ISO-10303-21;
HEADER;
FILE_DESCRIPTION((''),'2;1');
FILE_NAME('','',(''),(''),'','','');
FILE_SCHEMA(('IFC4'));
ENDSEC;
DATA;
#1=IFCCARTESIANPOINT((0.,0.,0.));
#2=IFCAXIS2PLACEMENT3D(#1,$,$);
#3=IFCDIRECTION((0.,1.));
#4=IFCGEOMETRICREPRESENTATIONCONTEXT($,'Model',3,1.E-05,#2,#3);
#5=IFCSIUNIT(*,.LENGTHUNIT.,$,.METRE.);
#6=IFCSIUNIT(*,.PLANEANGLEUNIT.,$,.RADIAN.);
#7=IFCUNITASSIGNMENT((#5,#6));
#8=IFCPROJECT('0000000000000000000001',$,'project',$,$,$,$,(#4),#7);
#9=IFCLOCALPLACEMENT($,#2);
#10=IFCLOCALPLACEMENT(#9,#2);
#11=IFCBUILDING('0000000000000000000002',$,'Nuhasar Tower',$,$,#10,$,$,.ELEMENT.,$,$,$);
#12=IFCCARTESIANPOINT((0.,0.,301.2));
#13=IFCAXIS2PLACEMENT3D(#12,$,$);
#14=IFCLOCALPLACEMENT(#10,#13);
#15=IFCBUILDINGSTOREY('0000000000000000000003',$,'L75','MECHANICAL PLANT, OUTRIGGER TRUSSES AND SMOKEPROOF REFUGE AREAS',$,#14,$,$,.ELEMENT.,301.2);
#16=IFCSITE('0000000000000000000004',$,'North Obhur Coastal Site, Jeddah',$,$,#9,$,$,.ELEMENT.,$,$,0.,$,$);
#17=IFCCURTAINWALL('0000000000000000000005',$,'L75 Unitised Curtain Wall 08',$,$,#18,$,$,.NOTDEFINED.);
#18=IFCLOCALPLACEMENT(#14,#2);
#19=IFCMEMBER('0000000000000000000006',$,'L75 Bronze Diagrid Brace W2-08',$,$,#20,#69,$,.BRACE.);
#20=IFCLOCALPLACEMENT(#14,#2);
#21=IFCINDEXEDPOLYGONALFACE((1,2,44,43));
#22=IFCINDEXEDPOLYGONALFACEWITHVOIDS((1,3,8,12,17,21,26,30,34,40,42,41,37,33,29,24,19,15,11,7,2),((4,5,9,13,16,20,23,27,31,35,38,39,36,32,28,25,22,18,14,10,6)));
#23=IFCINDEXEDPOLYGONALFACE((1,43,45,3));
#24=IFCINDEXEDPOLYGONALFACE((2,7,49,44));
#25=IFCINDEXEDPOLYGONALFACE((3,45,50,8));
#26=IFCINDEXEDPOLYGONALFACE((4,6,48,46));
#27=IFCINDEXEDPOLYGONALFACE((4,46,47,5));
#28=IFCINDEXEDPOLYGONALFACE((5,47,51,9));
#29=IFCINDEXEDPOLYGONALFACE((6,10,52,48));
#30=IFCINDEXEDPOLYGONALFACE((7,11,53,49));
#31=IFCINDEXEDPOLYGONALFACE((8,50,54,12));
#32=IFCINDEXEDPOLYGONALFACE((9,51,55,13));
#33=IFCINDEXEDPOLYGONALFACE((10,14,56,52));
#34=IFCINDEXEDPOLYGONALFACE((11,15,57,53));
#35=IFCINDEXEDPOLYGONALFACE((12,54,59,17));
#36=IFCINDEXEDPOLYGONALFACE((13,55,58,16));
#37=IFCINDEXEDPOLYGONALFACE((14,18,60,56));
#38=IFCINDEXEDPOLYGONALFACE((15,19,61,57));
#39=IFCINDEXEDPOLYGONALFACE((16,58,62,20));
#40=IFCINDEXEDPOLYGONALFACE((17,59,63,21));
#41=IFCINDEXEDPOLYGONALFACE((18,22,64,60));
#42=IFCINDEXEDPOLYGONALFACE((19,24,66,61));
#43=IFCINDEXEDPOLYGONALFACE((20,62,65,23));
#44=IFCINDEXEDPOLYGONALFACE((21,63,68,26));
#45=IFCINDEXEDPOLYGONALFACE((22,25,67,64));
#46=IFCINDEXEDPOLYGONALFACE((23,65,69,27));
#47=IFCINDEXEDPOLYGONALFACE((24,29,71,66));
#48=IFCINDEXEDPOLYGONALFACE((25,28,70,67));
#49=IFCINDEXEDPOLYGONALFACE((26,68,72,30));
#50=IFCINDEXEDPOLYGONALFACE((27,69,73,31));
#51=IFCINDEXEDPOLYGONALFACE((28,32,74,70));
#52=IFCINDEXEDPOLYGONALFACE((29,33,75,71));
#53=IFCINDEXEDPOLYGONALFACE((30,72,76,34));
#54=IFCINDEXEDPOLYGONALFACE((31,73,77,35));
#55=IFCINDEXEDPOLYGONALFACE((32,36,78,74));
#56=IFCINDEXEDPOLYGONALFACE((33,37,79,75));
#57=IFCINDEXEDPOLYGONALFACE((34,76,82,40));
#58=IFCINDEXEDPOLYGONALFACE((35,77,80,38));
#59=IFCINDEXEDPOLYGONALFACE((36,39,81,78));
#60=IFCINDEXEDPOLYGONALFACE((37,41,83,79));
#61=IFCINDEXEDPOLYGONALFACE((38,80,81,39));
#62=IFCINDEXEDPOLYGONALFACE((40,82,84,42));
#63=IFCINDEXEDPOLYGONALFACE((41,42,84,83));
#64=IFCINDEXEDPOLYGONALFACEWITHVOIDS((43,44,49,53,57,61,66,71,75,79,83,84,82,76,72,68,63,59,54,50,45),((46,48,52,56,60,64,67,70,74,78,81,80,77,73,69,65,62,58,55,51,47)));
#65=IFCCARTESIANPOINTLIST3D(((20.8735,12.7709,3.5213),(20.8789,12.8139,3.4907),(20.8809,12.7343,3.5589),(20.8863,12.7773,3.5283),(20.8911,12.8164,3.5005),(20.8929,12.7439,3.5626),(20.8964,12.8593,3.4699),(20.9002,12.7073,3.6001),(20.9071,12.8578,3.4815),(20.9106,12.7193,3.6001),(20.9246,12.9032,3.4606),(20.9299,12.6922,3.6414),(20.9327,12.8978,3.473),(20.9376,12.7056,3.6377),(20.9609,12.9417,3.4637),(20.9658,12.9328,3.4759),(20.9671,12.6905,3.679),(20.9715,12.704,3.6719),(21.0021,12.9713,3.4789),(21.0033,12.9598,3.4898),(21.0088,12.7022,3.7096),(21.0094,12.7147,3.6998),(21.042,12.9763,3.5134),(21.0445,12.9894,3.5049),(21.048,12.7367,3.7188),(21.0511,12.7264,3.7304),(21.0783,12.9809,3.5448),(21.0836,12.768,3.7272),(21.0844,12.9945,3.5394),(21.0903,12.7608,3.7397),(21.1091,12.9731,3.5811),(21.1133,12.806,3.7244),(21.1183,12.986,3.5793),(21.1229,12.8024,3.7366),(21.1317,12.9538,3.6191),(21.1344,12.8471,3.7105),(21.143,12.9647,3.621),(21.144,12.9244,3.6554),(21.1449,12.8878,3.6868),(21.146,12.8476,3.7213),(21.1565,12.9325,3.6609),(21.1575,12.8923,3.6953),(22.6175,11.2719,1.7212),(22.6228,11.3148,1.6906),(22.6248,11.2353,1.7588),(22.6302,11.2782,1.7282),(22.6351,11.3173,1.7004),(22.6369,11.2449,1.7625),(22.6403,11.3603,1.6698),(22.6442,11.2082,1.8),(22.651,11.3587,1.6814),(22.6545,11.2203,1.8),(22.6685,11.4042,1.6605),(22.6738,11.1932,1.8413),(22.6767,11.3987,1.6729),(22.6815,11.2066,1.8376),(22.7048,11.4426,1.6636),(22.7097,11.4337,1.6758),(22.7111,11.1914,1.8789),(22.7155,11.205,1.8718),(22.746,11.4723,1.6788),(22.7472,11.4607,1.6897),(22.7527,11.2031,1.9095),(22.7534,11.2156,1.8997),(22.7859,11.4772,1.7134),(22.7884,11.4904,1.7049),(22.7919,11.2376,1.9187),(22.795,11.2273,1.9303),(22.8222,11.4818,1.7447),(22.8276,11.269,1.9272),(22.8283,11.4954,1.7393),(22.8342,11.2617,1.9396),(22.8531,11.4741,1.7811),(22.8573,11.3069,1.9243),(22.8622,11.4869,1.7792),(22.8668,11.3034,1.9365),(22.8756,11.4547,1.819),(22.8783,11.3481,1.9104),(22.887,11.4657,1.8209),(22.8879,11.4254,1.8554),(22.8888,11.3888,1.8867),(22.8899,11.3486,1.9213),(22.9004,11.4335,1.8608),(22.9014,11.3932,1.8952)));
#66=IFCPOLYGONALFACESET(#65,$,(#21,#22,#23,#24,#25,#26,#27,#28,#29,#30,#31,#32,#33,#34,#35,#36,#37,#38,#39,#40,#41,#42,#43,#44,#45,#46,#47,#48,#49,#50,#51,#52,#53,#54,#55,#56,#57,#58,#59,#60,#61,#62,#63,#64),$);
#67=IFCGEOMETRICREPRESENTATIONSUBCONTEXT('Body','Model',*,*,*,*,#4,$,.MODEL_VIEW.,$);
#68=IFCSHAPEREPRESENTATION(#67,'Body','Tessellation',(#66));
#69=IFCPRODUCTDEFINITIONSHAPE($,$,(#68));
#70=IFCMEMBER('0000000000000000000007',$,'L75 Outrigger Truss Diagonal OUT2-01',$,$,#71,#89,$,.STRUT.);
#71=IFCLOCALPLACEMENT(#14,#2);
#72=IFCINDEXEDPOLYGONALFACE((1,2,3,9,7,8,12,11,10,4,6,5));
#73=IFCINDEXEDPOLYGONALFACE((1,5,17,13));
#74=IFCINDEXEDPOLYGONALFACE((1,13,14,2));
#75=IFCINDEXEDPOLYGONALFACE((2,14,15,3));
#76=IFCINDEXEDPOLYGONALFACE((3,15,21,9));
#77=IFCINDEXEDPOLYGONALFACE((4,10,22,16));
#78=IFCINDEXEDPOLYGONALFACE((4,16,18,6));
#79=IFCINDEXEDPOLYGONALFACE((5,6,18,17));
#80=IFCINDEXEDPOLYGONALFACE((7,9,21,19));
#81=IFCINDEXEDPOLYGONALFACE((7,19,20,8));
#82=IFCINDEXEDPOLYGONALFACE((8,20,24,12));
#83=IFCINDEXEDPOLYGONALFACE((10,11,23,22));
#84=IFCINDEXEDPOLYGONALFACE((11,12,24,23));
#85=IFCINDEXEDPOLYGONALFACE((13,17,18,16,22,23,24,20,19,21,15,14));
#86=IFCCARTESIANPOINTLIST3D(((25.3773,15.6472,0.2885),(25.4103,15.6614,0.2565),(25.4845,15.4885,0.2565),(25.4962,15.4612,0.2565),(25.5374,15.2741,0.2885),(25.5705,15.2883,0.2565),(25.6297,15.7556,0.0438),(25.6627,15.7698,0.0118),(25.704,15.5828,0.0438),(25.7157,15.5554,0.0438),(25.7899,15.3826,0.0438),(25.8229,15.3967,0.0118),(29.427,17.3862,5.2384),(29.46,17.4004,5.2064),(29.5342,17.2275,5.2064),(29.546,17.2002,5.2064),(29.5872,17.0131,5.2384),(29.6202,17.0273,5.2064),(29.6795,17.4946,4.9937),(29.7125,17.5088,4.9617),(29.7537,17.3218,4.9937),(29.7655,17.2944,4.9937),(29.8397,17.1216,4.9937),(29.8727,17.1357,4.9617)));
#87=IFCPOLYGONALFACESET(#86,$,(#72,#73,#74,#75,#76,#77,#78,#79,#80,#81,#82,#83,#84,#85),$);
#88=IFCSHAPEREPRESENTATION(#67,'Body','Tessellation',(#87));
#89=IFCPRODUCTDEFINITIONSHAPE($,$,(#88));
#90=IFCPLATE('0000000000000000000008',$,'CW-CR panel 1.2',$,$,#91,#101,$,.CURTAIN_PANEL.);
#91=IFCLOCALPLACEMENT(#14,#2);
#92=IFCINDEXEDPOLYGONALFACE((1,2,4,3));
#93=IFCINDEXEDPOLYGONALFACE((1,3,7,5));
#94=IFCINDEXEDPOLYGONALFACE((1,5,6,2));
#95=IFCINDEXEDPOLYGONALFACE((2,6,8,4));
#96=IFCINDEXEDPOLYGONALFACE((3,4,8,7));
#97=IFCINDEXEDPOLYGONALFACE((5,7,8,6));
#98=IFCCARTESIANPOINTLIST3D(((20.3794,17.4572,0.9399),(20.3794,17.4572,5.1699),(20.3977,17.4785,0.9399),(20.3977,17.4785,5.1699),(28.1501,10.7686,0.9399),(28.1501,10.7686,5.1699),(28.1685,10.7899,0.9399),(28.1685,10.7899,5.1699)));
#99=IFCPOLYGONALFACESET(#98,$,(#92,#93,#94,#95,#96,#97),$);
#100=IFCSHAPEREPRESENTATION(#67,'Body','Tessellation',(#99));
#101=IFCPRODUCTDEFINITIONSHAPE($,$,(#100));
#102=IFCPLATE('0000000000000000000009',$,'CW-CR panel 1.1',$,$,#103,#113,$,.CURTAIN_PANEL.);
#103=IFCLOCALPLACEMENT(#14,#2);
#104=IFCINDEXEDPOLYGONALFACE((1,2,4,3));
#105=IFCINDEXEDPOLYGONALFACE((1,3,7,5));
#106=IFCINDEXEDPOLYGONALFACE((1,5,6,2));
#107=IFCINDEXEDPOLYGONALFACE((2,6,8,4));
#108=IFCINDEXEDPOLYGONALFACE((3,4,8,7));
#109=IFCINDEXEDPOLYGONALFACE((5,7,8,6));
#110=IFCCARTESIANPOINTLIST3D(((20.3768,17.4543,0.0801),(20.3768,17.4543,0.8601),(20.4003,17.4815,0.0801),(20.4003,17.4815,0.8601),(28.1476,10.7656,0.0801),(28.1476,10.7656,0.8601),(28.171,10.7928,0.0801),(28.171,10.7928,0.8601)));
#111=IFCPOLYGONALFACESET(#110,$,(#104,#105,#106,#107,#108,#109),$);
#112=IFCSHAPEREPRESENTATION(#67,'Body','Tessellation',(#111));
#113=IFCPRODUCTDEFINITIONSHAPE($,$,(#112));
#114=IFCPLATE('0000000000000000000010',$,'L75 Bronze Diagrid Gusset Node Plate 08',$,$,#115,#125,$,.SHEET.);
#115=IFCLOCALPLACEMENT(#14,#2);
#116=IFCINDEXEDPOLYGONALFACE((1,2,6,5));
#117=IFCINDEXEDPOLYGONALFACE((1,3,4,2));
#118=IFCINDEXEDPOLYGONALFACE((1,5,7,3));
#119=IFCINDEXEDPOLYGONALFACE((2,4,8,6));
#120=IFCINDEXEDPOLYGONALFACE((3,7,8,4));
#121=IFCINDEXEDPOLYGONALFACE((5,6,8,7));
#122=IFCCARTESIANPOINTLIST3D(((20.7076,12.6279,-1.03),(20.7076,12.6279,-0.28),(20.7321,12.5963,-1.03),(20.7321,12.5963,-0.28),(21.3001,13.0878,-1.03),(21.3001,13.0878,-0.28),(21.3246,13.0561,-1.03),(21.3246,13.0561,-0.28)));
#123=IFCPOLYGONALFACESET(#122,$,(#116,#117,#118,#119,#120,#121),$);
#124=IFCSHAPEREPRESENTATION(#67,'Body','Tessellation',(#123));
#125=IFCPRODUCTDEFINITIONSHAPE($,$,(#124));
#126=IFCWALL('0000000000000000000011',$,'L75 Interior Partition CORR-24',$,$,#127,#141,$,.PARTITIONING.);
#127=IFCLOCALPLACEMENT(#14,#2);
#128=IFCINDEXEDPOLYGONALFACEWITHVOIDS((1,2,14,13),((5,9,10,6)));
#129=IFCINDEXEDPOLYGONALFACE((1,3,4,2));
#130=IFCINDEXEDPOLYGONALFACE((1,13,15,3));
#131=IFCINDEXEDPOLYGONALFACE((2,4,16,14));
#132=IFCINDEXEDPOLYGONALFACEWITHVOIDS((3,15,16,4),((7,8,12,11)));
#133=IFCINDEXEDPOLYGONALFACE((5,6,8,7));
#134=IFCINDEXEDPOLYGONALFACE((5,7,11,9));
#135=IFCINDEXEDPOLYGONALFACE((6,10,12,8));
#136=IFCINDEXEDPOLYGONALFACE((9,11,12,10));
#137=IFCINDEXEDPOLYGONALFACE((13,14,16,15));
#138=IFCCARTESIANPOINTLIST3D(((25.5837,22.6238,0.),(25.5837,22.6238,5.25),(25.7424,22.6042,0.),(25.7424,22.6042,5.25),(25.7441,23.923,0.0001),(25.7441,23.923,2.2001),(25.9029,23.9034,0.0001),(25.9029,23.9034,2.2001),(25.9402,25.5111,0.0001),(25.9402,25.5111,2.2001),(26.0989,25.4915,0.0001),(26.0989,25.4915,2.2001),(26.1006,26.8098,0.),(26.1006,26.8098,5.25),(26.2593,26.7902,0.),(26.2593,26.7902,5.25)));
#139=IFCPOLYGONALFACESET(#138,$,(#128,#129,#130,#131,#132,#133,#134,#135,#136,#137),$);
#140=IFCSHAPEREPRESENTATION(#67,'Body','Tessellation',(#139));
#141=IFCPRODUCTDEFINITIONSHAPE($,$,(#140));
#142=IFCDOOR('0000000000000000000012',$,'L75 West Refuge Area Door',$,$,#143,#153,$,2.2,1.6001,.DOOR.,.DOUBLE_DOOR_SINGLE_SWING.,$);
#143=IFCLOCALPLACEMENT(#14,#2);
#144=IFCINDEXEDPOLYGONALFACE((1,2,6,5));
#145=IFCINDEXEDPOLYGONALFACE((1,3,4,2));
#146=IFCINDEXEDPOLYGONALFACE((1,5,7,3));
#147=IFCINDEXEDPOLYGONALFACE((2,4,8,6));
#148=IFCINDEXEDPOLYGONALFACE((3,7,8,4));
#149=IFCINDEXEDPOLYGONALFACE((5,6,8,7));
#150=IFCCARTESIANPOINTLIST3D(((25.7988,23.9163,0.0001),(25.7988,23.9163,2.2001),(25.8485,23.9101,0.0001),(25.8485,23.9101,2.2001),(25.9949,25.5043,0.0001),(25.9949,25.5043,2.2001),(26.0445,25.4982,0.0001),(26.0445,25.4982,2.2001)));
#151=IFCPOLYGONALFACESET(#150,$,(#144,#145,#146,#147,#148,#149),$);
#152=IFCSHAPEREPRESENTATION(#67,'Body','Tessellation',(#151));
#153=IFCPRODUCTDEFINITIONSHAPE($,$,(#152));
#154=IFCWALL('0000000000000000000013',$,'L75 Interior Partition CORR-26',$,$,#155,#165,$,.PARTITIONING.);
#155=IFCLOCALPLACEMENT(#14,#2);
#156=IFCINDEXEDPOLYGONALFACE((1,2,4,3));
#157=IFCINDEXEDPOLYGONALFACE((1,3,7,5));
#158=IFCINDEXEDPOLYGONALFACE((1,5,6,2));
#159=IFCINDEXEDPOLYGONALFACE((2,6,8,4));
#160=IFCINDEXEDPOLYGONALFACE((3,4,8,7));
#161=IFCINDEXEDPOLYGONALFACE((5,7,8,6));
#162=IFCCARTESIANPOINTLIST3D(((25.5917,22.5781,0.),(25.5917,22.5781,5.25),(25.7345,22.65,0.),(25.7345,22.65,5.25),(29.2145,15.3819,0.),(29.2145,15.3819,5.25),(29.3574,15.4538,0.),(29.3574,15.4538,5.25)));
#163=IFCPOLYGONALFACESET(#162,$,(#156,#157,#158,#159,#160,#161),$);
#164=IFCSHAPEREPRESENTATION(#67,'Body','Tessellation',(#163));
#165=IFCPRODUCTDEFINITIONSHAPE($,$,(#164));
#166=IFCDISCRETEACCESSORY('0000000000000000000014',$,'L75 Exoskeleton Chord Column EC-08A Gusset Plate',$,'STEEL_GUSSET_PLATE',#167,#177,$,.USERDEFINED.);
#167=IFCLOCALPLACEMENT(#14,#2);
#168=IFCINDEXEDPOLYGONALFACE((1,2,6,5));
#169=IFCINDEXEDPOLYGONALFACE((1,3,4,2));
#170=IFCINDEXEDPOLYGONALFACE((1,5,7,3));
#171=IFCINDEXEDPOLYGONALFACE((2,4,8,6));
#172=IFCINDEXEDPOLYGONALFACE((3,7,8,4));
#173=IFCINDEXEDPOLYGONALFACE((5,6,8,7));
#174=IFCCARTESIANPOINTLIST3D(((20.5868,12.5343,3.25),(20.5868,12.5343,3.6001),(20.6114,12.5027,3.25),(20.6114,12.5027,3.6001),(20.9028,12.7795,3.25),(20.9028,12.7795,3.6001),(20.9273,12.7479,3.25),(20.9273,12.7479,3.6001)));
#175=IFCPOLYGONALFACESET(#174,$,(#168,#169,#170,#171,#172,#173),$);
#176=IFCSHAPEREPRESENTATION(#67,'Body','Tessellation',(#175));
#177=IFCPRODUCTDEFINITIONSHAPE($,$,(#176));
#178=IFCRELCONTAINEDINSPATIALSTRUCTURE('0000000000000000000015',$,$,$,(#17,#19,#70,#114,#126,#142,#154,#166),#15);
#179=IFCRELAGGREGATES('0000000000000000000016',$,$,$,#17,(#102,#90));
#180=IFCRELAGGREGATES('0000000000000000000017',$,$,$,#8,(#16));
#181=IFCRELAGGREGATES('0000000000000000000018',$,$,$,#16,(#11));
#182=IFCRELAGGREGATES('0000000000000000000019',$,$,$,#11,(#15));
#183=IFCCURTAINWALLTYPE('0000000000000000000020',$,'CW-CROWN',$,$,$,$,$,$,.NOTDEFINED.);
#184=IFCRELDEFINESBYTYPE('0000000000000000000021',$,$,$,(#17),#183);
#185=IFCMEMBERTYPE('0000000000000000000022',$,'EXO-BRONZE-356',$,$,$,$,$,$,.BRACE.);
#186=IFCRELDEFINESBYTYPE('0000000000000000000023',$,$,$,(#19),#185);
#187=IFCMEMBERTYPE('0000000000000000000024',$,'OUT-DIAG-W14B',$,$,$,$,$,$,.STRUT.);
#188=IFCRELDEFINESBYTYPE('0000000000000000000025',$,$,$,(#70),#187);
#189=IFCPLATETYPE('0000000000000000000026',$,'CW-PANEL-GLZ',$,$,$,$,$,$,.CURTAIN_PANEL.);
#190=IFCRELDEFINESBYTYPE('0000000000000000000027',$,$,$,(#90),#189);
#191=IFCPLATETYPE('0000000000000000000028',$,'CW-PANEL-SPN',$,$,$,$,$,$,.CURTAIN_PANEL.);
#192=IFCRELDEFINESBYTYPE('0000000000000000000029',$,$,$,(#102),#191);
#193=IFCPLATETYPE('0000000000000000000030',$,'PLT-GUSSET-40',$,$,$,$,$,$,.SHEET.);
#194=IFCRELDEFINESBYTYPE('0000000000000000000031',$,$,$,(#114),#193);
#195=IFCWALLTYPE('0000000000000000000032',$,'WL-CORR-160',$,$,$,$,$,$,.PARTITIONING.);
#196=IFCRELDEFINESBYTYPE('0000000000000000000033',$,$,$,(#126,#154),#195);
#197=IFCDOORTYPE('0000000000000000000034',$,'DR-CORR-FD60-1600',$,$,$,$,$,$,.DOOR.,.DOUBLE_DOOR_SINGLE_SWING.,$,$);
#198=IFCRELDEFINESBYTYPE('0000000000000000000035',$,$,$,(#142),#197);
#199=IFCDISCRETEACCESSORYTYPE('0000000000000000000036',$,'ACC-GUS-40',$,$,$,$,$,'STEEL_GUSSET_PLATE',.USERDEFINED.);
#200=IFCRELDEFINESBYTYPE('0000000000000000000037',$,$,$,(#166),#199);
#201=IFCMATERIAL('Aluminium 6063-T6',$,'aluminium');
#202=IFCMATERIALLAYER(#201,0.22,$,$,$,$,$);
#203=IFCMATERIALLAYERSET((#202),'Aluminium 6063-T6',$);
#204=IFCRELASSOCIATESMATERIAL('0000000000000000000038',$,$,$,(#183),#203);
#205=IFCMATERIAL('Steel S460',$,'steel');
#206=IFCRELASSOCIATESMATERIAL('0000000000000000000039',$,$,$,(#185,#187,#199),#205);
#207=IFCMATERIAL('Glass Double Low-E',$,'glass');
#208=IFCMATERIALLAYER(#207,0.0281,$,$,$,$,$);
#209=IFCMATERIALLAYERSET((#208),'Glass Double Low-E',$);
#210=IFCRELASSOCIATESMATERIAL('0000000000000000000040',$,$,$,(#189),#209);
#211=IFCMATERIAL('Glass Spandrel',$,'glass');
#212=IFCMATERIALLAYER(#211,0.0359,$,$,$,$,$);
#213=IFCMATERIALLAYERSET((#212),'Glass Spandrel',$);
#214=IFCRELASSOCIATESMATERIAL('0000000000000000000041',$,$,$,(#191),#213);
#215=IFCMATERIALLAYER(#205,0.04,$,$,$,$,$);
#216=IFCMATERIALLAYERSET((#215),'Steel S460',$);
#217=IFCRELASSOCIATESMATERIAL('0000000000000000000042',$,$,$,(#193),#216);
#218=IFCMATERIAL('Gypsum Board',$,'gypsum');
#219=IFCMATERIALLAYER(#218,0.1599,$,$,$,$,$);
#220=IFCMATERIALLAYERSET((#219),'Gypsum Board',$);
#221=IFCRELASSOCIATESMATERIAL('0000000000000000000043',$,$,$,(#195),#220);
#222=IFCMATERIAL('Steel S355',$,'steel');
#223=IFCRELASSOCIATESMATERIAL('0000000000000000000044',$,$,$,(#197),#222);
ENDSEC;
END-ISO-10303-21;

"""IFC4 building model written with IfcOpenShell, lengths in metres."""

from ifc_helpers import new_model, si_unit, direction, frame, frame_2d, origin, origin_2d, place, context, subcontext, project, spatial, rectangle, hollow_circle, i_section, extrude, material, layer, layer_set, material_profile, profile_set, type_object, element, fill, aggregate, save


model = new_model("IFC4")

# Units and contexts
model_context = context("Model", 3, precision=1e-05, world=origin(), true_north=direction((0.0, 1.0)))
body_context = subcontext(model_context, "Body", "Model", "MODEL_VIEW")
ifc_project = project(units=[si_unit("LENGTHUNIT", "METRE"), si_unit("PLANEANGLEUNIT", "RADIAN")], contexts=[model_context])

# Site, building, storey
site_placement = place(None, origin())
site = spatial("IfcSite", under=ifc_project, at=site_placement, Name="North Obhur Coastal Site, Jeddah", CompositionType="ELEMENT", RefElevation=0.0)
building_placement = place(site_placement, origin())
building = spatial("IfcBuilding", under=site, at=building_placement, Name="Nuhasar Tower", CompositionType="ELEMENT")
storey_placement = place(building_placement, frame((0.0, 0.0, 301.2)))
storey = spatial("IfcBuildingStorey", under=building, at=storey_placement, Name="L75", Description="MECHANICAL PLANT, OUTRIGGER TRUSSES AND SMOKEPROOF REFUGE AREAS", CompositionType="ELEMENT", Elevation=301.2)

# Shared definitions
ifc_material_1 = material(Name="Steel S460", Category="steel")

# Shared definitions
ifc_material_2 = material(Name="Steel S355", Category="steel")

# Curtain wall
ifc_material_3 = material(Name="Aluminium 6063-T6", Category="aluminium")
ifc_layer_1 = layer(ifc_material_3, 0.22)
ifc_layer_set_1 = layer_set([ifc_layer_1], Name="Aluminium 6063-T6")
curtain_wall_type = type_object("IfcCurtainWallType", Name="CW-CROWN", PredefinedType="NOTDEFINED", material=ifc_layer_set_1)
curtain_wall_1_placement = place(storey_placement, origin())
curtain_wall_1 = element("IfcCurtainWall", 1, at=curtain_wall_1_placement, inside=storey, type_object=curtain_wall_type, Name="L75 Unitised Curtain Wall 08", PredefinedType="NOTDEFINED")

# Members
ifc_material_profile_1 = material_profile(ifc_material_1, hollow_circle(Radius=0.1777, WallThickness=0.0159, at=origin_2d()), Name="HSS355.6X15.9")
ifc_profile_set_1 = profile_set([ifc_material_profile_1], Name="Steel S460")
member_type_1 = type_object("IfcMemberType", Name="EXO-BRONZE-356", PredefinedType="BRACE", material=ifc_profile_set_1)
for number, where, z_axis, x_axis, name in (
    (2, (22.76, 11.343, 1.8), (-0.597154, 0.513303, 0.616382), (-0.651857, -0.758342, 0.0), "L75 Bronze Diagrid Brace W2-08"),
):
    element("IfcMember", number, at=place(storey_placement, frame(where, z_axis=z_axis, x_axis=x_axis)), inside=storey, type_object=member_type_1, Name=name, PredefinedType="BRACE", context=body_context, shape_type="SweptSolid", body=[
        extrude(hollow_circle(Radius=0.1777, WallThickness=0.0159, at=origin_2d()), origin(), (0.0, 0.0, 1.0), 2.9204),
    ])
ifc_material_profile_2 = material_profile(ifc_material_1, i_section(OverallWidth=0.406, OverallDepth=0.416, WebThickness=0.0298, FlangeThickness=0.0481, at=origin_2d()), Name="W14X257")
ifc_profile_set_2 = profile_set([ifc_material_profile_2], Name="Steel S460")
member_type_2 = type_object("IfcMemberType", Name="OUT-DIAG-W14B", PredefinedType="STRUT", material=ifc_profile_set_2)
member_1_placement = place(storey_placement, frame((25.6001, 15.522, 0.1501), z_axis=(0.611037, 0.262384, 0.746852), x_axis=(-0.394568, 0.918867, 0.0)))
element("IfcMember", 3, at=member_1_placement, inside=storey, type_object=member_type_2, Name="L75 Outrigger Truss Diagonal OUT2-01", PredefinedType="STRUT", context=body_context, shape_type="SweptSolid", body=[
    extrude(i_section(OverallWidth=0.406, OverallDepth=0.416, WebThickness=0.0298, FlangeThickness=0.0481, at=origin_2d()), origin(), (0.0, 0.0, 1.0), 6.6277),
])

# Plates
ifc_material_4 = material(Name="Glass Double Low-E", Category="glass")
ifc_layer_2 = layer(ifc_material_4, 0.0281)
ifc_layer_set_2 = layer_set([ifc_layer_2], Name="Glass Double Low-E")
plate_type_1 = type_object("IfcPlateType", Name="CW-PANEL-GLZ", PredefinedType="CURTAIN_PANEL", material=ifc_layer_set_2)
plate_1_placement = place(storey_placement, frame((24.2739, 14.1235, 0.9399), z_axis=(0.0, 0.0, 1.0), x_axis=(0.757906, -0.652364, 0.0)))
plate_1 = element("IfcPlate", 4, at=plate_1_placement, type_object=plate_type_1, Name="CW-CR panel 1.2", PredefinedType="CURTAIN_PANEL", context=body_context, shape_type="SweptSolid", body=[
    extrude(rectangle(XDim=10.2529, YDim=0.0281, at=origin_2d()), origin(), (0.0, 0.0, 1.0), 4.23),
])
ifc_material_5 = material(Name="Glass Spandrel", Category="glass")
ifc_layer_3 = layer(ifc_material_5, 0.0359)
ifc_layer_set_3 = layer_set([ifc_layer_3], Name="Glass Spandrel")
plate_type_2 = type_object("IfcPlateType", Name="CW-PANEL-SPN", PredefinedType="CURTAIN_PANEL", material=ifc_layer_set_3)
plate_2_placement = place(storey_placement, frame((24.2739, 14.1235, 0.0801), z_axis=(0.0, 0.0, 1.0), x_axis=(0.757906, -0.652364, 0.0)))
plate_2 = element("IfcPlate", 5, at=plate_2_placement, type_object=plate_type_2, Name="CW-CR panel 1.1", PredefinedType="CURTAIN_PANEL", context=body_context, shape_type="SweptSolid", body=[
    extrude(rectangle(XDim=10.2529, YDim=0.0359, at=origin_2d()), origin(), (0.0, 0.0, 1.0), 0.78),
])
aggregate(curtain_wall_1, [plate_2, plate_1])
ifc_layer_4 = layer(ifc_material_1, 0.04)
ifc_layer_set_4 = layer_set([ifc_layer_4], Name="Steel S460")
plate_type_3 = type_object("IfcPlateType", Name="PLT-GUSSET-40", PredefinedType="SHEET", material=ifc_layer_set_4)
plate_3_placement = place(storey_placement, frame((21.0161, 12.842, -1.03), z_axis=(0.0, 0.0, 1.0), x_axis=(-0.789984, -0.613128, 0.0)))
element("IfcPlate", 6, at=plate_3_placement, inside=storey, type_object=plate_type_3, Name="L75 Bronze Diagrid Gusset Node Plate 08", PredefinedType="SHEET", context=body_context, shape_type="SweptSolid", body=[
    extrude(rectangle(XDim=0.75, YDim=0.04, at=origin_2d()), origin(), (0.0, 0.0, 1.0), 0.75),
])

# Wall, opening, door
ifc_material_6 = material(Name="Gypsum Board", Category="gypsum")
ifc_layer_5 = layer(ifc_material_6, 0.1599)
ifc_layer_set_5 = layer_set([ifc_layer_5], Name="Gypsum Board")
wall_type = type_object("IfcWallType", Name="WL-CORR-160", PredefinedType="PARTITIONING", material=ifc_layer_set_5)
wall_1_placement = place(storey_placement, frame((25.6631, 22.614, 0.0), z_axis=(0.0, 0.0, 1.0), x_axis=(0.122539, 0.992464, 0.0)))
wall_1 = element("IfcWall", 7, at=wall_1_placement, inside=storey, type_object=wall_type, Name="L75 Interior Partition CORR-24", PredefinedType="PARTITIONING", context=body_context, shape_type="SweptSolid", body=[
    extrude(rectangle(XDim=4.2178, YDim=0.1599, at=frame_2d((2.1089, 0.0))), origin(), (0.0, 0.0, 1.0), 5.25),
])
opening_placement = place(wall_1_placement, frame((1.3091, 0.0, 0.0)))
opening = element("IfcOpeningElement", 8, at=opening_placement, cuts=wall_1, PredefinedType="OPENING", context=body_context, shape_type="SweptSolid", body=[
    extrude(rectangle(XDim=1.6001, YDim=2.2, at=frame_2d((0.8, 1.1001))), frame((0.0, 0.0898, 0.0), z_axis=(0.0, -1.0, 0.0), x_axis=(1.0, 0.0, 0.0)), (0.0, 0.0, 1.0), 0.1799),
])
door_type = type_object("IfcDoorType", Name="DR-CORR-FD60-1600", OperationType="DOUBLE_DOOR_SINGLE_SWING", PredefinedType="DOOR", material=ifc_material_2)
door_placement = place(opening_placement, origin())
door = element("IfcDoor", 9, at=door_placement, inside=storey, type_object=door_type, Name="L75 West Refuge Area Door", OperationType="DOUBLE_DOOR_SINGLE_SWING", OverallHeight=2.2, OverallWidth=1.6001, PredefinedType="DOOR", context=body_context, shape_type="SweptSolid", body=[
    extrude(rectangle(XDim=1.6001, YDim=2.2, at=frame_2d((0.8, 1.1001))), frame((0.0, 0.0249, 0.0), z_axis=(0.0, -1.0, 0.0), x_axis=(1.0, 0.0, 0.0)), (0.0, 0.0, 1.0), 0.05),
])
fill(opening, door)

# Wall
wall_2_placement = place(storey_placement, frame((25.6631, 22.614, 0.0), z_axis=(0.0, 0.0, 1.0), x_axis=(0.449673, -0.893193, 0.0)))
element("IfcWall", 10, at=wall_2_placement, inside=storey, type_object=wall_type, Name="L75 Interior Partition CORR-26", PredefinedType="PARTITIONING", context=body_context, shape_type="SweptSolid", body=[
    extrude(rectangle(XDim=8.0566, YDim=0.1599, at=frame_2d((4.0283, 0.0))), origin(), (0.0, 0.0, 1.0), 5.25),
])

# Discrete accessory
discrete_accessory_type = type_object("IfcDiscreteAccessoryType", Name="ACC-GUS-40", ElementType="STEEL_GUSSET_PLATE", PredefinedType="USERDEFINED", material=ifc_material_1)
for number, where, z_axis, x_axis, name in (
    (11, (20.7571, 12.6411, 3.25), (0.0, 0.0, 1.0), (-0.789984, -0.613128, 0.0), "L75 Exoskeleton Chord Column EC-08A Gusset Plate"),
):
    element("IfcDiscreteAccessory", number, at=place(storey_placement, frame(where, z_axis=z_axis, x_axis=x_axis)), inside=storey, type_object=discrete_accessory_type, Name=name, ObjectType="STEEL_GUSSET_PLATE", PredefinedType="USERDEFINED", context=body_context, shape_type="SweptSolid", body=[
        extrude(rectangle(XDim=0.3999, YDim=0.04, at=origin_2d()), origin(), (0.0, 0.0, 1.0), 0.3501),
    ])

save(model, "model.ifc")
